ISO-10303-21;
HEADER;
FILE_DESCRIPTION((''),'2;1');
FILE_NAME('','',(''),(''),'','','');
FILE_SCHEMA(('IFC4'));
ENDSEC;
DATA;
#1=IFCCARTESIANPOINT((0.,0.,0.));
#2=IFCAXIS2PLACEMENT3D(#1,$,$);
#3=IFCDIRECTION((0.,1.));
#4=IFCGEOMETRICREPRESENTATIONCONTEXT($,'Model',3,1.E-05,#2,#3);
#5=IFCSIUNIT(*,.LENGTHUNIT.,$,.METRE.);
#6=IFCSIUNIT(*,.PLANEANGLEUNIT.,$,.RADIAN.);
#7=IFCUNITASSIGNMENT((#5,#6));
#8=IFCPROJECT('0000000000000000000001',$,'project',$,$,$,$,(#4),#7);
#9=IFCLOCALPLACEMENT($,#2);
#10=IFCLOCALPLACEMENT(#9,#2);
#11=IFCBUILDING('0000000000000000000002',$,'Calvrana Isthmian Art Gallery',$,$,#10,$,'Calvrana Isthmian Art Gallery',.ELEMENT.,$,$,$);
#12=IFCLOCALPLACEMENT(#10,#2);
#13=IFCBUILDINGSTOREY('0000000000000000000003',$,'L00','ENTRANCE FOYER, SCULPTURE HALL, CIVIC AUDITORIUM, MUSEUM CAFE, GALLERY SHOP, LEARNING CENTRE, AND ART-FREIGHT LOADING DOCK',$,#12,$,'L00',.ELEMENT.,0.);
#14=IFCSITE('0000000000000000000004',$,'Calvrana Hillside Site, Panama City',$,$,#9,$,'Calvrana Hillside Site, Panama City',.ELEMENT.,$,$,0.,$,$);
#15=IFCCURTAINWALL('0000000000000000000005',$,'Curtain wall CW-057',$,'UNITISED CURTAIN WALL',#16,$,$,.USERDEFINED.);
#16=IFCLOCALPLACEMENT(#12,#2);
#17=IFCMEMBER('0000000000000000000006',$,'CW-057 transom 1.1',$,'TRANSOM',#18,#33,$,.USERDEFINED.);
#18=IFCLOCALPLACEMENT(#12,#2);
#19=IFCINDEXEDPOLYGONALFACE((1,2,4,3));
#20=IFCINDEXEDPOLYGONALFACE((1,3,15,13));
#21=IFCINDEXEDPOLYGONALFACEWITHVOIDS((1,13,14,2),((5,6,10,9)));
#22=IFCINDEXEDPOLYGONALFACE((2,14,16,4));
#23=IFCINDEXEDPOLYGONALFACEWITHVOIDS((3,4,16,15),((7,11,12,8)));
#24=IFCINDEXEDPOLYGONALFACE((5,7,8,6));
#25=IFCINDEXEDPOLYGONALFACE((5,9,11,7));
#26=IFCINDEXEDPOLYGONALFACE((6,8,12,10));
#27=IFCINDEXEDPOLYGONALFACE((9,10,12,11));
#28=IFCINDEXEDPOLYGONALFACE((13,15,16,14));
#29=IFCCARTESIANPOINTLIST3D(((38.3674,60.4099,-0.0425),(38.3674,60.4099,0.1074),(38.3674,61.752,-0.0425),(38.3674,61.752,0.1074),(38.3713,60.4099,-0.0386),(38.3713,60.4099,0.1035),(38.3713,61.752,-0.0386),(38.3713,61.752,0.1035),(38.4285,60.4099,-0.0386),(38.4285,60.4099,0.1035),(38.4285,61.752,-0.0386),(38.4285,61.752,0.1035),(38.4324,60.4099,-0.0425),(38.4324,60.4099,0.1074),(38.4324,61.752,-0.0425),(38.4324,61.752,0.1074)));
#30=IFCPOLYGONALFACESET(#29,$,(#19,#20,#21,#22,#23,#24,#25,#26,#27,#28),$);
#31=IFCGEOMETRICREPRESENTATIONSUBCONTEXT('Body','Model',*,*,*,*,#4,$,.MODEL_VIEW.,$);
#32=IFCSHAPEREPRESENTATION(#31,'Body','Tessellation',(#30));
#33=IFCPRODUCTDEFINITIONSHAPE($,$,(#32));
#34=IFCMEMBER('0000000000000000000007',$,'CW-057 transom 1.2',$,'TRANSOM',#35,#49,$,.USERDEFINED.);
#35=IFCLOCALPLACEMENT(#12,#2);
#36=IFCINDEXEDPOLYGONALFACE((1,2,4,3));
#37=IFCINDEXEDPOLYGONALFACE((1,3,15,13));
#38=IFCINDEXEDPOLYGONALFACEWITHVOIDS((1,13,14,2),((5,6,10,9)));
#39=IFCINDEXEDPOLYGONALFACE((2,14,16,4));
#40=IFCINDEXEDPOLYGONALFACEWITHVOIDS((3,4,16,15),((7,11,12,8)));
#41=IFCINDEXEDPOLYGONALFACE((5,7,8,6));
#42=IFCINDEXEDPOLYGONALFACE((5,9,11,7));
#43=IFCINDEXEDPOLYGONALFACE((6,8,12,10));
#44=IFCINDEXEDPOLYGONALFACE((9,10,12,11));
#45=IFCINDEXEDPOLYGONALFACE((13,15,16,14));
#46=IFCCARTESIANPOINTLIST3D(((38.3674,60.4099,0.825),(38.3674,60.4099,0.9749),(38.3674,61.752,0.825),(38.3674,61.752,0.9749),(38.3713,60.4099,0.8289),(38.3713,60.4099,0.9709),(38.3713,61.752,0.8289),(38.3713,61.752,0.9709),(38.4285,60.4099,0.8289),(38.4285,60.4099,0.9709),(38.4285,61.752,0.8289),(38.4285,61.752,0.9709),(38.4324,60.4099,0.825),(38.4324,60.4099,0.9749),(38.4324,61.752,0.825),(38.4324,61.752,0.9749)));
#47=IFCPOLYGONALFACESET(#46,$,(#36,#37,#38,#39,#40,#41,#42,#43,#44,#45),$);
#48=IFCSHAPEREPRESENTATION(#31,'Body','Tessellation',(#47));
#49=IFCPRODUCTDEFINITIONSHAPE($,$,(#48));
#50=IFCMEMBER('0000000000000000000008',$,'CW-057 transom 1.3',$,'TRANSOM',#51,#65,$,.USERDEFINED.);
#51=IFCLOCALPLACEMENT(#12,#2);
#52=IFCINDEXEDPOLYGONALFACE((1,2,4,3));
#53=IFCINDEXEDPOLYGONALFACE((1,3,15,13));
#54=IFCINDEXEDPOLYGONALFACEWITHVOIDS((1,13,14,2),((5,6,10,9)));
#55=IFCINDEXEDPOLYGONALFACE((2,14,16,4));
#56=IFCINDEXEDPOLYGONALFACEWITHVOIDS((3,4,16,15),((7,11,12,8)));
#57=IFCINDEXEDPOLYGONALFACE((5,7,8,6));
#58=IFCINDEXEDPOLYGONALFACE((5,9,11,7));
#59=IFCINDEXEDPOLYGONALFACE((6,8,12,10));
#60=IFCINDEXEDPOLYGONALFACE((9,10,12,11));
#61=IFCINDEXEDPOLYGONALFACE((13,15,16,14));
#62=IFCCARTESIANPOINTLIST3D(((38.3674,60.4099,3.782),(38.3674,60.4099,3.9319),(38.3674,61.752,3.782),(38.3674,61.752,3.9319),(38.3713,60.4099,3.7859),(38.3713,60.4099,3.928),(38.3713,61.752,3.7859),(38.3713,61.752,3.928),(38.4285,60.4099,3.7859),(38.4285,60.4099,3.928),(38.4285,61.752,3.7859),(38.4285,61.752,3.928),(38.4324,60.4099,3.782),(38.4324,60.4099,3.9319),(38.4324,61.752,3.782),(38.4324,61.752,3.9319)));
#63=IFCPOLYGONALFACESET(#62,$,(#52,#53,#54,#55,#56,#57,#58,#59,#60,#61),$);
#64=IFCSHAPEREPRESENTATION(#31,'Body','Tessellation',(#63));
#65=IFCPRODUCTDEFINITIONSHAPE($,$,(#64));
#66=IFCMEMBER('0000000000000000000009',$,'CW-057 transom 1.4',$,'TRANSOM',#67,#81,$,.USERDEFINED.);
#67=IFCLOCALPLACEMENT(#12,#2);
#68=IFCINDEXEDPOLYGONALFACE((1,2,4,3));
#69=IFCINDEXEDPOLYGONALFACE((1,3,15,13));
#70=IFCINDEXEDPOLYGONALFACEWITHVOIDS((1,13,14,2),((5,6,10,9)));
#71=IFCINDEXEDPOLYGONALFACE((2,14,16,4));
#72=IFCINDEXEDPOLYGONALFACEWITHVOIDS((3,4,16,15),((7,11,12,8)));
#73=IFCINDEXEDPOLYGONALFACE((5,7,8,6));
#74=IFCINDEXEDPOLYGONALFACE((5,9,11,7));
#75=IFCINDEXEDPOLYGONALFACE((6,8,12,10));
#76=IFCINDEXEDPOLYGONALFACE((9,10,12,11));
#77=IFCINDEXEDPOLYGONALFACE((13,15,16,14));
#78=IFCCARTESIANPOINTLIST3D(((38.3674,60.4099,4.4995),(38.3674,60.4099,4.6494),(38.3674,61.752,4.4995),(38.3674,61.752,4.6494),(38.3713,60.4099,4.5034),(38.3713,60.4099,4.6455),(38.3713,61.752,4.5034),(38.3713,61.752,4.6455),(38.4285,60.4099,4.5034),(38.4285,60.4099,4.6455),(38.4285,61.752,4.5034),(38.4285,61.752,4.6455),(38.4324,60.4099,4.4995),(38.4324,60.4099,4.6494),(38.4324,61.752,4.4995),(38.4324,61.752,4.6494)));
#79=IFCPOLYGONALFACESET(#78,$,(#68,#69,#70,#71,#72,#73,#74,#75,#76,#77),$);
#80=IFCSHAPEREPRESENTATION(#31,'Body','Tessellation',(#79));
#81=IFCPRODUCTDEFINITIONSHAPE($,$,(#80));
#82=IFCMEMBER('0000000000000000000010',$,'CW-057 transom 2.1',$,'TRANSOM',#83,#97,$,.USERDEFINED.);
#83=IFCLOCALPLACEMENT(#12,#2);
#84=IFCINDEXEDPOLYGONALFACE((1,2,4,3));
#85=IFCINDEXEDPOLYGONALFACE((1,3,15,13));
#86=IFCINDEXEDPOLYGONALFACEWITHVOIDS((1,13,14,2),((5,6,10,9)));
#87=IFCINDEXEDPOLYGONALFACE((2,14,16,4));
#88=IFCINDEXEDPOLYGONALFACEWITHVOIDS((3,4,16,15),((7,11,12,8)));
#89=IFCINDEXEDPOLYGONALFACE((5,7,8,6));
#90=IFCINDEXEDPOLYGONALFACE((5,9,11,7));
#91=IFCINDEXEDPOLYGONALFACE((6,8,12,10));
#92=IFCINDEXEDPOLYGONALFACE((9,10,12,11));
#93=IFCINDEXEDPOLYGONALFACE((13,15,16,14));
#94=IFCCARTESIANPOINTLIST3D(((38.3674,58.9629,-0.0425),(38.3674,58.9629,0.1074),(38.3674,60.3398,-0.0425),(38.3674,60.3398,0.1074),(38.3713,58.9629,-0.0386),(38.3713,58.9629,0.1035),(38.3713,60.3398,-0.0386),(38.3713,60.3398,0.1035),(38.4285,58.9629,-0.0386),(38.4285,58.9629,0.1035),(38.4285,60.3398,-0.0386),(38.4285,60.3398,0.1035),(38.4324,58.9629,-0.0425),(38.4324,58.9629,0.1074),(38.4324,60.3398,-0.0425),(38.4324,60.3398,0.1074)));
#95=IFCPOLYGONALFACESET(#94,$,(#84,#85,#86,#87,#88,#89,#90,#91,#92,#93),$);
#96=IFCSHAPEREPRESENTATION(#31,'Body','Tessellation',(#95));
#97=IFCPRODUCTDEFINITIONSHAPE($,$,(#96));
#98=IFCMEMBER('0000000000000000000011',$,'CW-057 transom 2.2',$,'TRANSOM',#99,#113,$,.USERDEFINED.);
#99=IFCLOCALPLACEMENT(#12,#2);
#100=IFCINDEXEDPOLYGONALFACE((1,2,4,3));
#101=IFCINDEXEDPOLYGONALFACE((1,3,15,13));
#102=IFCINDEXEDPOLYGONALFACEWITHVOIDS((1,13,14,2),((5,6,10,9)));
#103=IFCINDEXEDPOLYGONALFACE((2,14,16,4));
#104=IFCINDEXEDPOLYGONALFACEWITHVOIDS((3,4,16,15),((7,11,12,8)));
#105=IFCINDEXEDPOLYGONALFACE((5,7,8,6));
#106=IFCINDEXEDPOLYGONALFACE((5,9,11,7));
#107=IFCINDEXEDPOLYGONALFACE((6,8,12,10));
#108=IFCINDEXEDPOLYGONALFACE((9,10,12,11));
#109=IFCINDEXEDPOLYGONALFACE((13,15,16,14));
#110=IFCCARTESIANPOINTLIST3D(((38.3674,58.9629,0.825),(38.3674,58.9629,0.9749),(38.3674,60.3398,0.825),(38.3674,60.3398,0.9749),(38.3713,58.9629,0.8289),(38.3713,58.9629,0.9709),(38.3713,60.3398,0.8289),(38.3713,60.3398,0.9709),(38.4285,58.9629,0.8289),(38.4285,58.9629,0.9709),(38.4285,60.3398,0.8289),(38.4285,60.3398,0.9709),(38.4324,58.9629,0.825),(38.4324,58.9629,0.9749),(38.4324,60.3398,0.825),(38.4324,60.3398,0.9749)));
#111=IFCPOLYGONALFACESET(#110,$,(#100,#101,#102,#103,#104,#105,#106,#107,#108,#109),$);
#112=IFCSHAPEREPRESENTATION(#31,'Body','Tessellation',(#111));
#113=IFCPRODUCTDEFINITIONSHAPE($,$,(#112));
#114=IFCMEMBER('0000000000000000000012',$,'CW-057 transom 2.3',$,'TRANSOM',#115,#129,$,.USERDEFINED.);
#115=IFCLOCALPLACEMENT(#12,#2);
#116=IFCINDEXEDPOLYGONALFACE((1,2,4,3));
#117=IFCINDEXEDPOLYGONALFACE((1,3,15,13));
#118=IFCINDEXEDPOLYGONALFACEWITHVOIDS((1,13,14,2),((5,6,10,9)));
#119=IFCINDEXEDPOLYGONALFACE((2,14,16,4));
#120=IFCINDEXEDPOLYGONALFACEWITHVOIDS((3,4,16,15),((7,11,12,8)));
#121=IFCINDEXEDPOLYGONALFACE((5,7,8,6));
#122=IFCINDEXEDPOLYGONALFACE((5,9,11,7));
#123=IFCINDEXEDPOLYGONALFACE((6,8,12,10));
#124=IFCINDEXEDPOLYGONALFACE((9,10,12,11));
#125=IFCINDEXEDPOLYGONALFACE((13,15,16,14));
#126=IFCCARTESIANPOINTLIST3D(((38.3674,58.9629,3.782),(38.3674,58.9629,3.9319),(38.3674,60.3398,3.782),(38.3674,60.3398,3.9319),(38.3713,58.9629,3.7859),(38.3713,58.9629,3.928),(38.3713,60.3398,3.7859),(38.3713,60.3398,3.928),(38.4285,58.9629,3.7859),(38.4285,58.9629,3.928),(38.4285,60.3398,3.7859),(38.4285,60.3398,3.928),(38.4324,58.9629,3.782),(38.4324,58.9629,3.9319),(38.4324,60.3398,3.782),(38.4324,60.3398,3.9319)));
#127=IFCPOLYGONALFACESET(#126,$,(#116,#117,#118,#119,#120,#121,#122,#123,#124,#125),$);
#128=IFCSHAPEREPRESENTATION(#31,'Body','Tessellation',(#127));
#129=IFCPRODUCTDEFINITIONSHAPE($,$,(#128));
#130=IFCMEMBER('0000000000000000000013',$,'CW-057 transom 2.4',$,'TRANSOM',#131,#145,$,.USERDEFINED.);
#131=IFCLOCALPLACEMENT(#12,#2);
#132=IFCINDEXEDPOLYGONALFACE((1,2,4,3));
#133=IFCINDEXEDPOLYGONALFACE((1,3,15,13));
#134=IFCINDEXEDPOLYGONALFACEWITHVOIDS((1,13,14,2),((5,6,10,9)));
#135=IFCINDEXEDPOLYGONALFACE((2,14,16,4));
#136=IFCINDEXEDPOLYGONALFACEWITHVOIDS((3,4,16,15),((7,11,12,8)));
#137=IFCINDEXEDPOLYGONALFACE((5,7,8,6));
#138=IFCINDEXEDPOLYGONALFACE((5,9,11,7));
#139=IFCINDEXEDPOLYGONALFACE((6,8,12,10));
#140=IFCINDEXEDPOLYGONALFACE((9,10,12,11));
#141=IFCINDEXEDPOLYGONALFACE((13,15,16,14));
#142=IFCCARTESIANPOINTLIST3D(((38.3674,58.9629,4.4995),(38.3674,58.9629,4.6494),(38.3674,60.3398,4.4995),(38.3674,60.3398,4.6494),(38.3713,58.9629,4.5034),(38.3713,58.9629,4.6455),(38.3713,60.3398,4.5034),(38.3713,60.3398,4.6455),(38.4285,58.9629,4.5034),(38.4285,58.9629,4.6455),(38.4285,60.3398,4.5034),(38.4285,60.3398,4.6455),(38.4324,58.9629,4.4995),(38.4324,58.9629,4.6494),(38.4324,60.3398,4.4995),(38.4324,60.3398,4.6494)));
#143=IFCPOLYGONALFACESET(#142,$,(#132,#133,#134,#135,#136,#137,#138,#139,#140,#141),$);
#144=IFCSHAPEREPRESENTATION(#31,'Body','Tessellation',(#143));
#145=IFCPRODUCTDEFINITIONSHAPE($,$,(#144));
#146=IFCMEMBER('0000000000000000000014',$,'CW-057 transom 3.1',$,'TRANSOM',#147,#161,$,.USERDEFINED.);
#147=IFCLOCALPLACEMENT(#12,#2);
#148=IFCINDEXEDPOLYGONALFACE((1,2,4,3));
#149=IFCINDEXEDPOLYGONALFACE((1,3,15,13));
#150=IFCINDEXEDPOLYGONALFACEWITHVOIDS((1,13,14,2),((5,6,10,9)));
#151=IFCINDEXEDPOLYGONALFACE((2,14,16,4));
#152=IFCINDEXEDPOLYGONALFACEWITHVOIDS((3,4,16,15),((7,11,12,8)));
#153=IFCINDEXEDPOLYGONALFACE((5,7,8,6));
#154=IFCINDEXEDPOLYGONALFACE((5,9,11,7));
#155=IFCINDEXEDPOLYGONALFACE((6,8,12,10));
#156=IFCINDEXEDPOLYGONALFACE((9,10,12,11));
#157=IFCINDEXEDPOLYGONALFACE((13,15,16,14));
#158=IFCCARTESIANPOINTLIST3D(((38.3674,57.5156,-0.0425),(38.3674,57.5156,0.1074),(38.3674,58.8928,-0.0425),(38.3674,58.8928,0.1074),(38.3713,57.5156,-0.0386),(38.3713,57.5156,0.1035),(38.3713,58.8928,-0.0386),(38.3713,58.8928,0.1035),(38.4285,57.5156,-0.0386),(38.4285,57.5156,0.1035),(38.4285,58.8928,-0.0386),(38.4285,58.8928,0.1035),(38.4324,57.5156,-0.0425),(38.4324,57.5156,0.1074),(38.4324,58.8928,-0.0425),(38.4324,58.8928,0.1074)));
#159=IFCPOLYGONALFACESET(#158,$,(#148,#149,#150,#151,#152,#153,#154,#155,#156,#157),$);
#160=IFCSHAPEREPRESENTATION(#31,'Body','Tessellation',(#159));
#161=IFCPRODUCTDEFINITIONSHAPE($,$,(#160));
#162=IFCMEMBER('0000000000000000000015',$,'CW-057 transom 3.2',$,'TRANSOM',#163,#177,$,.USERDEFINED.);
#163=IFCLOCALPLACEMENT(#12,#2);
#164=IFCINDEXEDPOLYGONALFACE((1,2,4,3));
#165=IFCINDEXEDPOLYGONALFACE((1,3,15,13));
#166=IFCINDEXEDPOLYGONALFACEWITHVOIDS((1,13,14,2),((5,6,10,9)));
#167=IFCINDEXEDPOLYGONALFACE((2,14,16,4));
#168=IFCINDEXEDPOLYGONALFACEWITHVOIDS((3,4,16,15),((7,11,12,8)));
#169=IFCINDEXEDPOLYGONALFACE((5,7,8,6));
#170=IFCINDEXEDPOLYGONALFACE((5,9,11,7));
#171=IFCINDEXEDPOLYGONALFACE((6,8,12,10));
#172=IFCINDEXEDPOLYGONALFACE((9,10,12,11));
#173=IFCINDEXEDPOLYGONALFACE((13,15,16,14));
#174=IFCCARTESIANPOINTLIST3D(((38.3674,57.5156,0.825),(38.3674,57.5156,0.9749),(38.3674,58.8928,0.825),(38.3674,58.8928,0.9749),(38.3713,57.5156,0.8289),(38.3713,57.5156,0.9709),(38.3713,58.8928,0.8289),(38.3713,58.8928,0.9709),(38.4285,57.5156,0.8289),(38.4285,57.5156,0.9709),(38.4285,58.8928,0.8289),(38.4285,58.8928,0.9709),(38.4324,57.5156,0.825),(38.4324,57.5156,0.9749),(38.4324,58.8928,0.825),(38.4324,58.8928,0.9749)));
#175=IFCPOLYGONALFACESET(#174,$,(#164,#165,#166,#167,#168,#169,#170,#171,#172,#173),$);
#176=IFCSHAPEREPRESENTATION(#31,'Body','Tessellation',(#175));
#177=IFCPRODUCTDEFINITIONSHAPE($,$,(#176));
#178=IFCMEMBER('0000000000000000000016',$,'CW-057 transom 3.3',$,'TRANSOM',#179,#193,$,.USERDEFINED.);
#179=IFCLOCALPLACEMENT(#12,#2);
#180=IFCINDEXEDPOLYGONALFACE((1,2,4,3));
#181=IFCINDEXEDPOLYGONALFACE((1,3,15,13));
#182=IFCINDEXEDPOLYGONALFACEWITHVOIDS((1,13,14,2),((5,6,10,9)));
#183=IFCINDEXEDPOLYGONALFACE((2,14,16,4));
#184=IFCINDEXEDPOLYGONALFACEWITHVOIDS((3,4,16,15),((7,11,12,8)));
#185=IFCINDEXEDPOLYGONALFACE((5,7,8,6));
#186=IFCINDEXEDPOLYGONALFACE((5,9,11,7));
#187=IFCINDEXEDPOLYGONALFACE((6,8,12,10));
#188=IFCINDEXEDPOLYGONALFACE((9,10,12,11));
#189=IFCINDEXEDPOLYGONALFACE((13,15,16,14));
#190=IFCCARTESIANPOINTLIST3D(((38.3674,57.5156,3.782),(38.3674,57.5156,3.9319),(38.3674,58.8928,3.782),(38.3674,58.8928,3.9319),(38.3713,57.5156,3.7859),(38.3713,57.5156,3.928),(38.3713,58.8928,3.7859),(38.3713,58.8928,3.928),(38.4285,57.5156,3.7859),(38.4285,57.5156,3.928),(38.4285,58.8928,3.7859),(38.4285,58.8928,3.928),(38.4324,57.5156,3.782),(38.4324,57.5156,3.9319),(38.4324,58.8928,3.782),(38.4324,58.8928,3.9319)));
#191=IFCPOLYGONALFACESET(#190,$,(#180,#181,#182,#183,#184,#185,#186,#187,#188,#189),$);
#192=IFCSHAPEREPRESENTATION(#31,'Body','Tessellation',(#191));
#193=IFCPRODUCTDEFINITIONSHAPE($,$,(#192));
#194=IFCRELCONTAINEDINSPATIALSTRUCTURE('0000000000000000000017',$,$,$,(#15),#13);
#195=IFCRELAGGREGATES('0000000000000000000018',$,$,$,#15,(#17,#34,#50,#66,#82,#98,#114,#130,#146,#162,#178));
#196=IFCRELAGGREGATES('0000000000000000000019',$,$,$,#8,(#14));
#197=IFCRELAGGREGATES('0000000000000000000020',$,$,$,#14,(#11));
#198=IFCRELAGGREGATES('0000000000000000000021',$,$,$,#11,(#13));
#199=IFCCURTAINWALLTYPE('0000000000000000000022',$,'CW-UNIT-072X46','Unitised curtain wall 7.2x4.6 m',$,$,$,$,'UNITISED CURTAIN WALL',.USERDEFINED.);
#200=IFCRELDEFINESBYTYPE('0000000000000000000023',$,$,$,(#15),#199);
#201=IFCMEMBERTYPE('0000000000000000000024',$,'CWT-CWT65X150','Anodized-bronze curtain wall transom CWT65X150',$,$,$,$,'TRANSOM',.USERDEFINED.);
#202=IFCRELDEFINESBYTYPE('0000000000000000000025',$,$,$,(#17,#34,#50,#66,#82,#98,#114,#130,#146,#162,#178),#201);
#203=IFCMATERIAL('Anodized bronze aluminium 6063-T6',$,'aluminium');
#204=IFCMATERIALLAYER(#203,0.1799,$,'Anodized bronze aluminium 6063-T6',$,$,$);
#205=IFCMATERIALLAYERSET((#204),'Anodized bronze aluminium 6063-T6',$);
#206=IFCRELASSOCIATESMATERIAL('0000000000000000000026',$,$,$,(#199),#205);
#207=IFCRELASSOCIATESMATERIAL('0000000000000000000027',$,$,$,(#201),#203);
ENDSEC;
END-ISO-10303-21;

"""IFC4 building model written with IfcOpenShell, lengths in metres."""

from ifc_helpers import new_model, si_unit, direction, frame, origin, origin_2d, place, context, subcontext, project, spatial, hollow_rectangle, extrude, material, layer, layer_set, material_profile, profile_set, type_object, element, aggregate, save


model = new_model("IFC4")

# Units and contexts
model_context = context("Model", 3, precision=1e-05, world=origin(), true_north=direction((0.0, 1.0)))
body_context = subcontext(model_context, "Body", "Model", "MODEL_VIEW")
ifc_project = project(units=[si_unit("LENGTHUNIT", "METRE"), si_unit("PLANEANGLEUNIT", "RADIAN")], contexts=[model_context])

# Site, building, storey
site_placement = place(None, origin())
site = spatial("IfcSite", under=ifc_project, at=site_placement, Name="Calvrana Hillside Site, Panama City", LongName="Calvrana Hillside Site, Panama City", CompositionType="ELEMENT", RefElevation=0.0)
building_placement = place(site_placement, origin())
building = spatial("IfcBuilding", under=site, at=building_placement, Name="Calvrana Isthmian Art Gallery", LongName="Calvrana Isthmian Art Gallery", CompositionType="ELEMENT")
storey_placement = place(building_placement, origin())
storey = spatial("IfcBuildingStorey", under=building, at=storey_placement, Name="L00", Description="ENTRANCE FOYER, SCULPTURE HALL, CIVIC AUDITORIUM, MUSEUM CAFE, GALLERY SHOP, LEARNING CENTRE, AND ART-FREIGHT LOADING DOCK", LongName="L00", CompositionType="ELEMENT", Elevation=0.0)

# Curtain wall, members
ifc_material_1 = material(Name="Anodized bronze aluminium 6063-T6", Category="aluminium")
ifc_layer_1 = layer(ifc_material_1, 0.1799, Name="Anodized bronze aluminium 6063-T6")
ifc_layer_set_1 = layer_set([ifc_layer_1], Name="Anodized bronze aluminium 6063-T6")
curtain_wall_type = type_object("IfcCurtainWallType", Name="CW-UNIT-072X46", Description="Unitised curtain wall 7.2x4.6 m", ElementType="UNITISED CURTAIN WALL", PredefinedType="USERDEFINED", material=ifc_layer_set_1)
curtain_wall_placement = place(storey_placement, origin())
curtain_wall = element("IfcCurtainWall", 1, at=curtain_wall_placement, inside=storey, type_object=curtain_wall_type, Name="Curtain wall CW-057", ObjectType="UNITISED CURTAIN WALL", PredefinedType="USERDEFINED")
ifc_material_profile_1 = material_profile(ifc_material_1, hollow_rectangle(XDim=0.0649, YDim=0.1499, WallThickness=0.0039, at=origin_2d()), Name="CWT65X150")
ifc_profile_set_1 = profile_set([ifc_material_profile_1], Name="Anodized bronze aluminium 6063-T6")
member_type_1 = type_object("IfcMemberType", Name="CWT-CWT65X150", Description="Anodized-bronze curtain wall transom CWT65X150", ElementType="TRANSOM", PredefinedType="USERDEFINED", material=ifc_profile_set_1)
member_1_placement = place(storey_placement, frame((38.3999, 61.752, 0.0325), z_axis=(0.0, -1.0, 0.0), x_axis=(1.0, 0.0, 0.0)))
member_1 = element("IfcMember", 2, at=member_1_placement, type_object=member_type_1, Name="CW-057 transom 1.1", ObjectType="TRANSOM", PredefinedType="USERDEFINED", context=body_context, shape_type="SweptSolid", body=[
    extrude(hollow_rectangle(XDim=0.0649, YDim=0.1499, WallThickness=0.0039, at=origin_2d()), origin(), (0.0, 0.0, 1.0), 1.342),
])
member_2_placement = place(storey_placement, frame((38.3999, 61.752, 0.8999), z_axis=(0.0, -1.0, 0.0), x_axis=(1.0, 0.0, 0.0)))
member_2 = element("IfcMember", 3, at=member_2_placement, type_object=member_type_1, Name="CW-057 transom 1.2", ObjectType="TRANSOM", PredefinedType="USERDEFINED", context=body_context, shape_type="SweptSolid", body=[
    extrude(hollow_rectangle(XDim=0.0649, YDim=0.1499, WallThickness=0.0039, at=origin_2d()), origin(), (0.0, 0.0, 1.0), 1.342),
])
member_3_placement = place(storey_placement, frame((38.3999, 61.752, 3.8569), z_axis=(0.0, -1.0, 0.0), x_axis=(1.0, 0.0, 0.0)))
member_3 = element("IfcMember", 4, at=member_3_placement, type_object=member_type_1, Name="CW-057 transom 1.3", ObjectType="TRANSOM", PredefinedType="USERDEFINED", context=body_context, shape_type="SweptSolid", body=[
    extrude(hollow_rectangle(XDim=0.0649, YDim=0.1499, WallThickness=0.0039, at=origin_2d()), origin(), (0.0, 0.0, 1.0), 1.342),
])
member_4_placement = place(storey_placement, frame((38.3999, 61.752, 4.5745), z_axis=(0.0, -1.0, 0.0), x_axis=(1.0, 0.0, 0.0)))
member_4 = element("IfcMember", 5, at=member_4_placement, type_object=member_type_1, Name="CW-057 transom 1.4", ObjectType="TRANSOM", PredefinedType="USERDEFINED", context=body_context, shape_type="SweptSolid", body=[
    extrude(hollow_rectangle(XDim=0.0649, YDim=0.1499, WallThickness=0.0039, at=origin_2d()), origin(), (0.0, 0.0, 1.0), 1.342),
])
member_5_placement = place(storey_placement, frame((38.3999, 60.3398, 0.0325), z_axis=(0.0, -1.0, 0.0), x_axis=(1.0, 0.0, 0.0)))
member_5 = element("IfcMember", 6, at=member_5_placement, type_object=member_type_1, Name="CW-057 transom 2.1", ObjectType="TRANSOM", PredefinedType="USERDEFINED", context=body_context, shape_type="SweptSolid", body=[
    extrude(hollow_rectangle(XDim=0.0649, YDim=0.1499, WallThickness=0.0039, at=origin_2d()), origin(), (0.0, 0.0, 1.0), 1.377),
])
member_6_placement = place(storey_placement, frame((38.3999, 60.3398, 0.8999), z_axis=(0.0, -1.0, 0.0), x_axis=(1.0, 0.0, 0.0)))
member_6 = element("IfcMember", 7, at=member_6_placement, type_object=member_type_1, Name="CW-057 transom 2.2", ObjectType="TRANSOM", PredefinedType="USERDEFINED", context=body_context, shape_type="SweptSolid", body=[
    extrude(hollow_rectangle(XDim=0.0649, YDim=0.1499, WallThickness=0.0039, at=origin_2d()), origin(), (0.0, 0.0, 1.0), 1.377),
])
member_7_placement = place(storey_placement, frame((38.3999, 60.3398, 3.8569), z_axis=(0.0, -1.0, 0.0), x_axis=(1.0, 0.0, 0.0)))
member_7 = element("IfcMember", 8, at=member_7_placement, type_object=member_type_1, Name="CW-057 transom 2.3", ObjectType="TRANSOM", PredefinedType="USERDEFINED", context=body_context, shape_type="SweptSolid", body=[
    extrude(hollow_rectangle(XDim=0.0649, YDim=0.1499, WallThickness=0.0039, at=origin_2d()), origin(), (0.0, 0.0, 1.0), 1.377),
])
member_8_placement = place(storey_placement, frame((38.3999, 60.3398, 4.5745), z_axis=(0.0, -1.0, 0.0), x_axis=(1.0, 0.0, 0.0)))
member_8 = element("IfcMember", 9, at=member_8_placement, type_object=member_type_1, Name="CW-057 transom 2.4", ObjectType="TRANSOM", PredefinedType="USERDEFINED", context=body_context, shape_type="SweptSolid", body=[
    extrude(hollow_rectangle(XDim=0.0649, YDim=0.1499, WallThickness=0.0039, at=origin_2d()), origin(), (0.0, 0.0, 1.0), 1.377),
])
member_9_placement = place(storey_placement, frame((38.3999, 58.8928, 0.0325), z_axis=(0.0, -1.0, 0.0), x_axis=(1.0, 0.0, 0.0)))
member_9 = element("IfcMember", 10, at=member_9_placement, type_object=member_type_1, Name="CW-057 transom 3.1", ObjectType="TRANSOM", PredefinedType="USERDEFINED", context=body_context, shape_type="SweptSolid", body=[
    extrude(hollow_rectangle(XDim=0.0649, YDim=0.1499, WallThickness=0.0039, at=origin_2d()), origin(), (0.0, 0.0, 1.0), 1.3772),
])
member_10_placement = place(storey_placement, frame((38.3999, 58.8928, 0.8999), z_axis=(0.0, -1.0, 0.0), x_axis=(1.0, 0.0, 0.0)))
member_10 = element("IfcMember", 11, at=member_10_placement, type_object=member_type_1, Name="CW-057 transom 3.2", ObjectType="TRANSOM", PredefinedType="USERDEFINED", context=body_context, shape_type="SweptSolid", body=[
    extrude(hollow_rectangle(XDim=0.0649, YDim=0.1499, WallThickness=0.0039, at=origin_2d()), origin(), (0.0, 0.0, 1.0), 1.3772),
])
member_11_placement = place(storey_placement, frame((38.3999, 58.8928, 3.8569), z_axis=(0.0, -1.0, 0.0), x_axis=(1.0, 0.0, 0.0)))
member_11 = element("IfcMember", 12, at=member_11_placement, type_object=member_type_1, Name="CW-057 transom 3.3", ObjectType="TRANSOM", PredefinedType="USERDEFINED", context=body_context, shape_type="SweptSolid", body=[
    extrude(hollow_rectangle(XDim=0.0649, YDim=0.1499, WallThickness=0.0039, at=origin_2d()), origin(), (0.0, 0.0, 1.0), 1.3772),
])
aggregate(curtain_wall, [member_1, member_2, member_3, member_4, member_5, member_6, member_7, member_8, member_9, member_10, member_11])

save(model, "model.ifc")
